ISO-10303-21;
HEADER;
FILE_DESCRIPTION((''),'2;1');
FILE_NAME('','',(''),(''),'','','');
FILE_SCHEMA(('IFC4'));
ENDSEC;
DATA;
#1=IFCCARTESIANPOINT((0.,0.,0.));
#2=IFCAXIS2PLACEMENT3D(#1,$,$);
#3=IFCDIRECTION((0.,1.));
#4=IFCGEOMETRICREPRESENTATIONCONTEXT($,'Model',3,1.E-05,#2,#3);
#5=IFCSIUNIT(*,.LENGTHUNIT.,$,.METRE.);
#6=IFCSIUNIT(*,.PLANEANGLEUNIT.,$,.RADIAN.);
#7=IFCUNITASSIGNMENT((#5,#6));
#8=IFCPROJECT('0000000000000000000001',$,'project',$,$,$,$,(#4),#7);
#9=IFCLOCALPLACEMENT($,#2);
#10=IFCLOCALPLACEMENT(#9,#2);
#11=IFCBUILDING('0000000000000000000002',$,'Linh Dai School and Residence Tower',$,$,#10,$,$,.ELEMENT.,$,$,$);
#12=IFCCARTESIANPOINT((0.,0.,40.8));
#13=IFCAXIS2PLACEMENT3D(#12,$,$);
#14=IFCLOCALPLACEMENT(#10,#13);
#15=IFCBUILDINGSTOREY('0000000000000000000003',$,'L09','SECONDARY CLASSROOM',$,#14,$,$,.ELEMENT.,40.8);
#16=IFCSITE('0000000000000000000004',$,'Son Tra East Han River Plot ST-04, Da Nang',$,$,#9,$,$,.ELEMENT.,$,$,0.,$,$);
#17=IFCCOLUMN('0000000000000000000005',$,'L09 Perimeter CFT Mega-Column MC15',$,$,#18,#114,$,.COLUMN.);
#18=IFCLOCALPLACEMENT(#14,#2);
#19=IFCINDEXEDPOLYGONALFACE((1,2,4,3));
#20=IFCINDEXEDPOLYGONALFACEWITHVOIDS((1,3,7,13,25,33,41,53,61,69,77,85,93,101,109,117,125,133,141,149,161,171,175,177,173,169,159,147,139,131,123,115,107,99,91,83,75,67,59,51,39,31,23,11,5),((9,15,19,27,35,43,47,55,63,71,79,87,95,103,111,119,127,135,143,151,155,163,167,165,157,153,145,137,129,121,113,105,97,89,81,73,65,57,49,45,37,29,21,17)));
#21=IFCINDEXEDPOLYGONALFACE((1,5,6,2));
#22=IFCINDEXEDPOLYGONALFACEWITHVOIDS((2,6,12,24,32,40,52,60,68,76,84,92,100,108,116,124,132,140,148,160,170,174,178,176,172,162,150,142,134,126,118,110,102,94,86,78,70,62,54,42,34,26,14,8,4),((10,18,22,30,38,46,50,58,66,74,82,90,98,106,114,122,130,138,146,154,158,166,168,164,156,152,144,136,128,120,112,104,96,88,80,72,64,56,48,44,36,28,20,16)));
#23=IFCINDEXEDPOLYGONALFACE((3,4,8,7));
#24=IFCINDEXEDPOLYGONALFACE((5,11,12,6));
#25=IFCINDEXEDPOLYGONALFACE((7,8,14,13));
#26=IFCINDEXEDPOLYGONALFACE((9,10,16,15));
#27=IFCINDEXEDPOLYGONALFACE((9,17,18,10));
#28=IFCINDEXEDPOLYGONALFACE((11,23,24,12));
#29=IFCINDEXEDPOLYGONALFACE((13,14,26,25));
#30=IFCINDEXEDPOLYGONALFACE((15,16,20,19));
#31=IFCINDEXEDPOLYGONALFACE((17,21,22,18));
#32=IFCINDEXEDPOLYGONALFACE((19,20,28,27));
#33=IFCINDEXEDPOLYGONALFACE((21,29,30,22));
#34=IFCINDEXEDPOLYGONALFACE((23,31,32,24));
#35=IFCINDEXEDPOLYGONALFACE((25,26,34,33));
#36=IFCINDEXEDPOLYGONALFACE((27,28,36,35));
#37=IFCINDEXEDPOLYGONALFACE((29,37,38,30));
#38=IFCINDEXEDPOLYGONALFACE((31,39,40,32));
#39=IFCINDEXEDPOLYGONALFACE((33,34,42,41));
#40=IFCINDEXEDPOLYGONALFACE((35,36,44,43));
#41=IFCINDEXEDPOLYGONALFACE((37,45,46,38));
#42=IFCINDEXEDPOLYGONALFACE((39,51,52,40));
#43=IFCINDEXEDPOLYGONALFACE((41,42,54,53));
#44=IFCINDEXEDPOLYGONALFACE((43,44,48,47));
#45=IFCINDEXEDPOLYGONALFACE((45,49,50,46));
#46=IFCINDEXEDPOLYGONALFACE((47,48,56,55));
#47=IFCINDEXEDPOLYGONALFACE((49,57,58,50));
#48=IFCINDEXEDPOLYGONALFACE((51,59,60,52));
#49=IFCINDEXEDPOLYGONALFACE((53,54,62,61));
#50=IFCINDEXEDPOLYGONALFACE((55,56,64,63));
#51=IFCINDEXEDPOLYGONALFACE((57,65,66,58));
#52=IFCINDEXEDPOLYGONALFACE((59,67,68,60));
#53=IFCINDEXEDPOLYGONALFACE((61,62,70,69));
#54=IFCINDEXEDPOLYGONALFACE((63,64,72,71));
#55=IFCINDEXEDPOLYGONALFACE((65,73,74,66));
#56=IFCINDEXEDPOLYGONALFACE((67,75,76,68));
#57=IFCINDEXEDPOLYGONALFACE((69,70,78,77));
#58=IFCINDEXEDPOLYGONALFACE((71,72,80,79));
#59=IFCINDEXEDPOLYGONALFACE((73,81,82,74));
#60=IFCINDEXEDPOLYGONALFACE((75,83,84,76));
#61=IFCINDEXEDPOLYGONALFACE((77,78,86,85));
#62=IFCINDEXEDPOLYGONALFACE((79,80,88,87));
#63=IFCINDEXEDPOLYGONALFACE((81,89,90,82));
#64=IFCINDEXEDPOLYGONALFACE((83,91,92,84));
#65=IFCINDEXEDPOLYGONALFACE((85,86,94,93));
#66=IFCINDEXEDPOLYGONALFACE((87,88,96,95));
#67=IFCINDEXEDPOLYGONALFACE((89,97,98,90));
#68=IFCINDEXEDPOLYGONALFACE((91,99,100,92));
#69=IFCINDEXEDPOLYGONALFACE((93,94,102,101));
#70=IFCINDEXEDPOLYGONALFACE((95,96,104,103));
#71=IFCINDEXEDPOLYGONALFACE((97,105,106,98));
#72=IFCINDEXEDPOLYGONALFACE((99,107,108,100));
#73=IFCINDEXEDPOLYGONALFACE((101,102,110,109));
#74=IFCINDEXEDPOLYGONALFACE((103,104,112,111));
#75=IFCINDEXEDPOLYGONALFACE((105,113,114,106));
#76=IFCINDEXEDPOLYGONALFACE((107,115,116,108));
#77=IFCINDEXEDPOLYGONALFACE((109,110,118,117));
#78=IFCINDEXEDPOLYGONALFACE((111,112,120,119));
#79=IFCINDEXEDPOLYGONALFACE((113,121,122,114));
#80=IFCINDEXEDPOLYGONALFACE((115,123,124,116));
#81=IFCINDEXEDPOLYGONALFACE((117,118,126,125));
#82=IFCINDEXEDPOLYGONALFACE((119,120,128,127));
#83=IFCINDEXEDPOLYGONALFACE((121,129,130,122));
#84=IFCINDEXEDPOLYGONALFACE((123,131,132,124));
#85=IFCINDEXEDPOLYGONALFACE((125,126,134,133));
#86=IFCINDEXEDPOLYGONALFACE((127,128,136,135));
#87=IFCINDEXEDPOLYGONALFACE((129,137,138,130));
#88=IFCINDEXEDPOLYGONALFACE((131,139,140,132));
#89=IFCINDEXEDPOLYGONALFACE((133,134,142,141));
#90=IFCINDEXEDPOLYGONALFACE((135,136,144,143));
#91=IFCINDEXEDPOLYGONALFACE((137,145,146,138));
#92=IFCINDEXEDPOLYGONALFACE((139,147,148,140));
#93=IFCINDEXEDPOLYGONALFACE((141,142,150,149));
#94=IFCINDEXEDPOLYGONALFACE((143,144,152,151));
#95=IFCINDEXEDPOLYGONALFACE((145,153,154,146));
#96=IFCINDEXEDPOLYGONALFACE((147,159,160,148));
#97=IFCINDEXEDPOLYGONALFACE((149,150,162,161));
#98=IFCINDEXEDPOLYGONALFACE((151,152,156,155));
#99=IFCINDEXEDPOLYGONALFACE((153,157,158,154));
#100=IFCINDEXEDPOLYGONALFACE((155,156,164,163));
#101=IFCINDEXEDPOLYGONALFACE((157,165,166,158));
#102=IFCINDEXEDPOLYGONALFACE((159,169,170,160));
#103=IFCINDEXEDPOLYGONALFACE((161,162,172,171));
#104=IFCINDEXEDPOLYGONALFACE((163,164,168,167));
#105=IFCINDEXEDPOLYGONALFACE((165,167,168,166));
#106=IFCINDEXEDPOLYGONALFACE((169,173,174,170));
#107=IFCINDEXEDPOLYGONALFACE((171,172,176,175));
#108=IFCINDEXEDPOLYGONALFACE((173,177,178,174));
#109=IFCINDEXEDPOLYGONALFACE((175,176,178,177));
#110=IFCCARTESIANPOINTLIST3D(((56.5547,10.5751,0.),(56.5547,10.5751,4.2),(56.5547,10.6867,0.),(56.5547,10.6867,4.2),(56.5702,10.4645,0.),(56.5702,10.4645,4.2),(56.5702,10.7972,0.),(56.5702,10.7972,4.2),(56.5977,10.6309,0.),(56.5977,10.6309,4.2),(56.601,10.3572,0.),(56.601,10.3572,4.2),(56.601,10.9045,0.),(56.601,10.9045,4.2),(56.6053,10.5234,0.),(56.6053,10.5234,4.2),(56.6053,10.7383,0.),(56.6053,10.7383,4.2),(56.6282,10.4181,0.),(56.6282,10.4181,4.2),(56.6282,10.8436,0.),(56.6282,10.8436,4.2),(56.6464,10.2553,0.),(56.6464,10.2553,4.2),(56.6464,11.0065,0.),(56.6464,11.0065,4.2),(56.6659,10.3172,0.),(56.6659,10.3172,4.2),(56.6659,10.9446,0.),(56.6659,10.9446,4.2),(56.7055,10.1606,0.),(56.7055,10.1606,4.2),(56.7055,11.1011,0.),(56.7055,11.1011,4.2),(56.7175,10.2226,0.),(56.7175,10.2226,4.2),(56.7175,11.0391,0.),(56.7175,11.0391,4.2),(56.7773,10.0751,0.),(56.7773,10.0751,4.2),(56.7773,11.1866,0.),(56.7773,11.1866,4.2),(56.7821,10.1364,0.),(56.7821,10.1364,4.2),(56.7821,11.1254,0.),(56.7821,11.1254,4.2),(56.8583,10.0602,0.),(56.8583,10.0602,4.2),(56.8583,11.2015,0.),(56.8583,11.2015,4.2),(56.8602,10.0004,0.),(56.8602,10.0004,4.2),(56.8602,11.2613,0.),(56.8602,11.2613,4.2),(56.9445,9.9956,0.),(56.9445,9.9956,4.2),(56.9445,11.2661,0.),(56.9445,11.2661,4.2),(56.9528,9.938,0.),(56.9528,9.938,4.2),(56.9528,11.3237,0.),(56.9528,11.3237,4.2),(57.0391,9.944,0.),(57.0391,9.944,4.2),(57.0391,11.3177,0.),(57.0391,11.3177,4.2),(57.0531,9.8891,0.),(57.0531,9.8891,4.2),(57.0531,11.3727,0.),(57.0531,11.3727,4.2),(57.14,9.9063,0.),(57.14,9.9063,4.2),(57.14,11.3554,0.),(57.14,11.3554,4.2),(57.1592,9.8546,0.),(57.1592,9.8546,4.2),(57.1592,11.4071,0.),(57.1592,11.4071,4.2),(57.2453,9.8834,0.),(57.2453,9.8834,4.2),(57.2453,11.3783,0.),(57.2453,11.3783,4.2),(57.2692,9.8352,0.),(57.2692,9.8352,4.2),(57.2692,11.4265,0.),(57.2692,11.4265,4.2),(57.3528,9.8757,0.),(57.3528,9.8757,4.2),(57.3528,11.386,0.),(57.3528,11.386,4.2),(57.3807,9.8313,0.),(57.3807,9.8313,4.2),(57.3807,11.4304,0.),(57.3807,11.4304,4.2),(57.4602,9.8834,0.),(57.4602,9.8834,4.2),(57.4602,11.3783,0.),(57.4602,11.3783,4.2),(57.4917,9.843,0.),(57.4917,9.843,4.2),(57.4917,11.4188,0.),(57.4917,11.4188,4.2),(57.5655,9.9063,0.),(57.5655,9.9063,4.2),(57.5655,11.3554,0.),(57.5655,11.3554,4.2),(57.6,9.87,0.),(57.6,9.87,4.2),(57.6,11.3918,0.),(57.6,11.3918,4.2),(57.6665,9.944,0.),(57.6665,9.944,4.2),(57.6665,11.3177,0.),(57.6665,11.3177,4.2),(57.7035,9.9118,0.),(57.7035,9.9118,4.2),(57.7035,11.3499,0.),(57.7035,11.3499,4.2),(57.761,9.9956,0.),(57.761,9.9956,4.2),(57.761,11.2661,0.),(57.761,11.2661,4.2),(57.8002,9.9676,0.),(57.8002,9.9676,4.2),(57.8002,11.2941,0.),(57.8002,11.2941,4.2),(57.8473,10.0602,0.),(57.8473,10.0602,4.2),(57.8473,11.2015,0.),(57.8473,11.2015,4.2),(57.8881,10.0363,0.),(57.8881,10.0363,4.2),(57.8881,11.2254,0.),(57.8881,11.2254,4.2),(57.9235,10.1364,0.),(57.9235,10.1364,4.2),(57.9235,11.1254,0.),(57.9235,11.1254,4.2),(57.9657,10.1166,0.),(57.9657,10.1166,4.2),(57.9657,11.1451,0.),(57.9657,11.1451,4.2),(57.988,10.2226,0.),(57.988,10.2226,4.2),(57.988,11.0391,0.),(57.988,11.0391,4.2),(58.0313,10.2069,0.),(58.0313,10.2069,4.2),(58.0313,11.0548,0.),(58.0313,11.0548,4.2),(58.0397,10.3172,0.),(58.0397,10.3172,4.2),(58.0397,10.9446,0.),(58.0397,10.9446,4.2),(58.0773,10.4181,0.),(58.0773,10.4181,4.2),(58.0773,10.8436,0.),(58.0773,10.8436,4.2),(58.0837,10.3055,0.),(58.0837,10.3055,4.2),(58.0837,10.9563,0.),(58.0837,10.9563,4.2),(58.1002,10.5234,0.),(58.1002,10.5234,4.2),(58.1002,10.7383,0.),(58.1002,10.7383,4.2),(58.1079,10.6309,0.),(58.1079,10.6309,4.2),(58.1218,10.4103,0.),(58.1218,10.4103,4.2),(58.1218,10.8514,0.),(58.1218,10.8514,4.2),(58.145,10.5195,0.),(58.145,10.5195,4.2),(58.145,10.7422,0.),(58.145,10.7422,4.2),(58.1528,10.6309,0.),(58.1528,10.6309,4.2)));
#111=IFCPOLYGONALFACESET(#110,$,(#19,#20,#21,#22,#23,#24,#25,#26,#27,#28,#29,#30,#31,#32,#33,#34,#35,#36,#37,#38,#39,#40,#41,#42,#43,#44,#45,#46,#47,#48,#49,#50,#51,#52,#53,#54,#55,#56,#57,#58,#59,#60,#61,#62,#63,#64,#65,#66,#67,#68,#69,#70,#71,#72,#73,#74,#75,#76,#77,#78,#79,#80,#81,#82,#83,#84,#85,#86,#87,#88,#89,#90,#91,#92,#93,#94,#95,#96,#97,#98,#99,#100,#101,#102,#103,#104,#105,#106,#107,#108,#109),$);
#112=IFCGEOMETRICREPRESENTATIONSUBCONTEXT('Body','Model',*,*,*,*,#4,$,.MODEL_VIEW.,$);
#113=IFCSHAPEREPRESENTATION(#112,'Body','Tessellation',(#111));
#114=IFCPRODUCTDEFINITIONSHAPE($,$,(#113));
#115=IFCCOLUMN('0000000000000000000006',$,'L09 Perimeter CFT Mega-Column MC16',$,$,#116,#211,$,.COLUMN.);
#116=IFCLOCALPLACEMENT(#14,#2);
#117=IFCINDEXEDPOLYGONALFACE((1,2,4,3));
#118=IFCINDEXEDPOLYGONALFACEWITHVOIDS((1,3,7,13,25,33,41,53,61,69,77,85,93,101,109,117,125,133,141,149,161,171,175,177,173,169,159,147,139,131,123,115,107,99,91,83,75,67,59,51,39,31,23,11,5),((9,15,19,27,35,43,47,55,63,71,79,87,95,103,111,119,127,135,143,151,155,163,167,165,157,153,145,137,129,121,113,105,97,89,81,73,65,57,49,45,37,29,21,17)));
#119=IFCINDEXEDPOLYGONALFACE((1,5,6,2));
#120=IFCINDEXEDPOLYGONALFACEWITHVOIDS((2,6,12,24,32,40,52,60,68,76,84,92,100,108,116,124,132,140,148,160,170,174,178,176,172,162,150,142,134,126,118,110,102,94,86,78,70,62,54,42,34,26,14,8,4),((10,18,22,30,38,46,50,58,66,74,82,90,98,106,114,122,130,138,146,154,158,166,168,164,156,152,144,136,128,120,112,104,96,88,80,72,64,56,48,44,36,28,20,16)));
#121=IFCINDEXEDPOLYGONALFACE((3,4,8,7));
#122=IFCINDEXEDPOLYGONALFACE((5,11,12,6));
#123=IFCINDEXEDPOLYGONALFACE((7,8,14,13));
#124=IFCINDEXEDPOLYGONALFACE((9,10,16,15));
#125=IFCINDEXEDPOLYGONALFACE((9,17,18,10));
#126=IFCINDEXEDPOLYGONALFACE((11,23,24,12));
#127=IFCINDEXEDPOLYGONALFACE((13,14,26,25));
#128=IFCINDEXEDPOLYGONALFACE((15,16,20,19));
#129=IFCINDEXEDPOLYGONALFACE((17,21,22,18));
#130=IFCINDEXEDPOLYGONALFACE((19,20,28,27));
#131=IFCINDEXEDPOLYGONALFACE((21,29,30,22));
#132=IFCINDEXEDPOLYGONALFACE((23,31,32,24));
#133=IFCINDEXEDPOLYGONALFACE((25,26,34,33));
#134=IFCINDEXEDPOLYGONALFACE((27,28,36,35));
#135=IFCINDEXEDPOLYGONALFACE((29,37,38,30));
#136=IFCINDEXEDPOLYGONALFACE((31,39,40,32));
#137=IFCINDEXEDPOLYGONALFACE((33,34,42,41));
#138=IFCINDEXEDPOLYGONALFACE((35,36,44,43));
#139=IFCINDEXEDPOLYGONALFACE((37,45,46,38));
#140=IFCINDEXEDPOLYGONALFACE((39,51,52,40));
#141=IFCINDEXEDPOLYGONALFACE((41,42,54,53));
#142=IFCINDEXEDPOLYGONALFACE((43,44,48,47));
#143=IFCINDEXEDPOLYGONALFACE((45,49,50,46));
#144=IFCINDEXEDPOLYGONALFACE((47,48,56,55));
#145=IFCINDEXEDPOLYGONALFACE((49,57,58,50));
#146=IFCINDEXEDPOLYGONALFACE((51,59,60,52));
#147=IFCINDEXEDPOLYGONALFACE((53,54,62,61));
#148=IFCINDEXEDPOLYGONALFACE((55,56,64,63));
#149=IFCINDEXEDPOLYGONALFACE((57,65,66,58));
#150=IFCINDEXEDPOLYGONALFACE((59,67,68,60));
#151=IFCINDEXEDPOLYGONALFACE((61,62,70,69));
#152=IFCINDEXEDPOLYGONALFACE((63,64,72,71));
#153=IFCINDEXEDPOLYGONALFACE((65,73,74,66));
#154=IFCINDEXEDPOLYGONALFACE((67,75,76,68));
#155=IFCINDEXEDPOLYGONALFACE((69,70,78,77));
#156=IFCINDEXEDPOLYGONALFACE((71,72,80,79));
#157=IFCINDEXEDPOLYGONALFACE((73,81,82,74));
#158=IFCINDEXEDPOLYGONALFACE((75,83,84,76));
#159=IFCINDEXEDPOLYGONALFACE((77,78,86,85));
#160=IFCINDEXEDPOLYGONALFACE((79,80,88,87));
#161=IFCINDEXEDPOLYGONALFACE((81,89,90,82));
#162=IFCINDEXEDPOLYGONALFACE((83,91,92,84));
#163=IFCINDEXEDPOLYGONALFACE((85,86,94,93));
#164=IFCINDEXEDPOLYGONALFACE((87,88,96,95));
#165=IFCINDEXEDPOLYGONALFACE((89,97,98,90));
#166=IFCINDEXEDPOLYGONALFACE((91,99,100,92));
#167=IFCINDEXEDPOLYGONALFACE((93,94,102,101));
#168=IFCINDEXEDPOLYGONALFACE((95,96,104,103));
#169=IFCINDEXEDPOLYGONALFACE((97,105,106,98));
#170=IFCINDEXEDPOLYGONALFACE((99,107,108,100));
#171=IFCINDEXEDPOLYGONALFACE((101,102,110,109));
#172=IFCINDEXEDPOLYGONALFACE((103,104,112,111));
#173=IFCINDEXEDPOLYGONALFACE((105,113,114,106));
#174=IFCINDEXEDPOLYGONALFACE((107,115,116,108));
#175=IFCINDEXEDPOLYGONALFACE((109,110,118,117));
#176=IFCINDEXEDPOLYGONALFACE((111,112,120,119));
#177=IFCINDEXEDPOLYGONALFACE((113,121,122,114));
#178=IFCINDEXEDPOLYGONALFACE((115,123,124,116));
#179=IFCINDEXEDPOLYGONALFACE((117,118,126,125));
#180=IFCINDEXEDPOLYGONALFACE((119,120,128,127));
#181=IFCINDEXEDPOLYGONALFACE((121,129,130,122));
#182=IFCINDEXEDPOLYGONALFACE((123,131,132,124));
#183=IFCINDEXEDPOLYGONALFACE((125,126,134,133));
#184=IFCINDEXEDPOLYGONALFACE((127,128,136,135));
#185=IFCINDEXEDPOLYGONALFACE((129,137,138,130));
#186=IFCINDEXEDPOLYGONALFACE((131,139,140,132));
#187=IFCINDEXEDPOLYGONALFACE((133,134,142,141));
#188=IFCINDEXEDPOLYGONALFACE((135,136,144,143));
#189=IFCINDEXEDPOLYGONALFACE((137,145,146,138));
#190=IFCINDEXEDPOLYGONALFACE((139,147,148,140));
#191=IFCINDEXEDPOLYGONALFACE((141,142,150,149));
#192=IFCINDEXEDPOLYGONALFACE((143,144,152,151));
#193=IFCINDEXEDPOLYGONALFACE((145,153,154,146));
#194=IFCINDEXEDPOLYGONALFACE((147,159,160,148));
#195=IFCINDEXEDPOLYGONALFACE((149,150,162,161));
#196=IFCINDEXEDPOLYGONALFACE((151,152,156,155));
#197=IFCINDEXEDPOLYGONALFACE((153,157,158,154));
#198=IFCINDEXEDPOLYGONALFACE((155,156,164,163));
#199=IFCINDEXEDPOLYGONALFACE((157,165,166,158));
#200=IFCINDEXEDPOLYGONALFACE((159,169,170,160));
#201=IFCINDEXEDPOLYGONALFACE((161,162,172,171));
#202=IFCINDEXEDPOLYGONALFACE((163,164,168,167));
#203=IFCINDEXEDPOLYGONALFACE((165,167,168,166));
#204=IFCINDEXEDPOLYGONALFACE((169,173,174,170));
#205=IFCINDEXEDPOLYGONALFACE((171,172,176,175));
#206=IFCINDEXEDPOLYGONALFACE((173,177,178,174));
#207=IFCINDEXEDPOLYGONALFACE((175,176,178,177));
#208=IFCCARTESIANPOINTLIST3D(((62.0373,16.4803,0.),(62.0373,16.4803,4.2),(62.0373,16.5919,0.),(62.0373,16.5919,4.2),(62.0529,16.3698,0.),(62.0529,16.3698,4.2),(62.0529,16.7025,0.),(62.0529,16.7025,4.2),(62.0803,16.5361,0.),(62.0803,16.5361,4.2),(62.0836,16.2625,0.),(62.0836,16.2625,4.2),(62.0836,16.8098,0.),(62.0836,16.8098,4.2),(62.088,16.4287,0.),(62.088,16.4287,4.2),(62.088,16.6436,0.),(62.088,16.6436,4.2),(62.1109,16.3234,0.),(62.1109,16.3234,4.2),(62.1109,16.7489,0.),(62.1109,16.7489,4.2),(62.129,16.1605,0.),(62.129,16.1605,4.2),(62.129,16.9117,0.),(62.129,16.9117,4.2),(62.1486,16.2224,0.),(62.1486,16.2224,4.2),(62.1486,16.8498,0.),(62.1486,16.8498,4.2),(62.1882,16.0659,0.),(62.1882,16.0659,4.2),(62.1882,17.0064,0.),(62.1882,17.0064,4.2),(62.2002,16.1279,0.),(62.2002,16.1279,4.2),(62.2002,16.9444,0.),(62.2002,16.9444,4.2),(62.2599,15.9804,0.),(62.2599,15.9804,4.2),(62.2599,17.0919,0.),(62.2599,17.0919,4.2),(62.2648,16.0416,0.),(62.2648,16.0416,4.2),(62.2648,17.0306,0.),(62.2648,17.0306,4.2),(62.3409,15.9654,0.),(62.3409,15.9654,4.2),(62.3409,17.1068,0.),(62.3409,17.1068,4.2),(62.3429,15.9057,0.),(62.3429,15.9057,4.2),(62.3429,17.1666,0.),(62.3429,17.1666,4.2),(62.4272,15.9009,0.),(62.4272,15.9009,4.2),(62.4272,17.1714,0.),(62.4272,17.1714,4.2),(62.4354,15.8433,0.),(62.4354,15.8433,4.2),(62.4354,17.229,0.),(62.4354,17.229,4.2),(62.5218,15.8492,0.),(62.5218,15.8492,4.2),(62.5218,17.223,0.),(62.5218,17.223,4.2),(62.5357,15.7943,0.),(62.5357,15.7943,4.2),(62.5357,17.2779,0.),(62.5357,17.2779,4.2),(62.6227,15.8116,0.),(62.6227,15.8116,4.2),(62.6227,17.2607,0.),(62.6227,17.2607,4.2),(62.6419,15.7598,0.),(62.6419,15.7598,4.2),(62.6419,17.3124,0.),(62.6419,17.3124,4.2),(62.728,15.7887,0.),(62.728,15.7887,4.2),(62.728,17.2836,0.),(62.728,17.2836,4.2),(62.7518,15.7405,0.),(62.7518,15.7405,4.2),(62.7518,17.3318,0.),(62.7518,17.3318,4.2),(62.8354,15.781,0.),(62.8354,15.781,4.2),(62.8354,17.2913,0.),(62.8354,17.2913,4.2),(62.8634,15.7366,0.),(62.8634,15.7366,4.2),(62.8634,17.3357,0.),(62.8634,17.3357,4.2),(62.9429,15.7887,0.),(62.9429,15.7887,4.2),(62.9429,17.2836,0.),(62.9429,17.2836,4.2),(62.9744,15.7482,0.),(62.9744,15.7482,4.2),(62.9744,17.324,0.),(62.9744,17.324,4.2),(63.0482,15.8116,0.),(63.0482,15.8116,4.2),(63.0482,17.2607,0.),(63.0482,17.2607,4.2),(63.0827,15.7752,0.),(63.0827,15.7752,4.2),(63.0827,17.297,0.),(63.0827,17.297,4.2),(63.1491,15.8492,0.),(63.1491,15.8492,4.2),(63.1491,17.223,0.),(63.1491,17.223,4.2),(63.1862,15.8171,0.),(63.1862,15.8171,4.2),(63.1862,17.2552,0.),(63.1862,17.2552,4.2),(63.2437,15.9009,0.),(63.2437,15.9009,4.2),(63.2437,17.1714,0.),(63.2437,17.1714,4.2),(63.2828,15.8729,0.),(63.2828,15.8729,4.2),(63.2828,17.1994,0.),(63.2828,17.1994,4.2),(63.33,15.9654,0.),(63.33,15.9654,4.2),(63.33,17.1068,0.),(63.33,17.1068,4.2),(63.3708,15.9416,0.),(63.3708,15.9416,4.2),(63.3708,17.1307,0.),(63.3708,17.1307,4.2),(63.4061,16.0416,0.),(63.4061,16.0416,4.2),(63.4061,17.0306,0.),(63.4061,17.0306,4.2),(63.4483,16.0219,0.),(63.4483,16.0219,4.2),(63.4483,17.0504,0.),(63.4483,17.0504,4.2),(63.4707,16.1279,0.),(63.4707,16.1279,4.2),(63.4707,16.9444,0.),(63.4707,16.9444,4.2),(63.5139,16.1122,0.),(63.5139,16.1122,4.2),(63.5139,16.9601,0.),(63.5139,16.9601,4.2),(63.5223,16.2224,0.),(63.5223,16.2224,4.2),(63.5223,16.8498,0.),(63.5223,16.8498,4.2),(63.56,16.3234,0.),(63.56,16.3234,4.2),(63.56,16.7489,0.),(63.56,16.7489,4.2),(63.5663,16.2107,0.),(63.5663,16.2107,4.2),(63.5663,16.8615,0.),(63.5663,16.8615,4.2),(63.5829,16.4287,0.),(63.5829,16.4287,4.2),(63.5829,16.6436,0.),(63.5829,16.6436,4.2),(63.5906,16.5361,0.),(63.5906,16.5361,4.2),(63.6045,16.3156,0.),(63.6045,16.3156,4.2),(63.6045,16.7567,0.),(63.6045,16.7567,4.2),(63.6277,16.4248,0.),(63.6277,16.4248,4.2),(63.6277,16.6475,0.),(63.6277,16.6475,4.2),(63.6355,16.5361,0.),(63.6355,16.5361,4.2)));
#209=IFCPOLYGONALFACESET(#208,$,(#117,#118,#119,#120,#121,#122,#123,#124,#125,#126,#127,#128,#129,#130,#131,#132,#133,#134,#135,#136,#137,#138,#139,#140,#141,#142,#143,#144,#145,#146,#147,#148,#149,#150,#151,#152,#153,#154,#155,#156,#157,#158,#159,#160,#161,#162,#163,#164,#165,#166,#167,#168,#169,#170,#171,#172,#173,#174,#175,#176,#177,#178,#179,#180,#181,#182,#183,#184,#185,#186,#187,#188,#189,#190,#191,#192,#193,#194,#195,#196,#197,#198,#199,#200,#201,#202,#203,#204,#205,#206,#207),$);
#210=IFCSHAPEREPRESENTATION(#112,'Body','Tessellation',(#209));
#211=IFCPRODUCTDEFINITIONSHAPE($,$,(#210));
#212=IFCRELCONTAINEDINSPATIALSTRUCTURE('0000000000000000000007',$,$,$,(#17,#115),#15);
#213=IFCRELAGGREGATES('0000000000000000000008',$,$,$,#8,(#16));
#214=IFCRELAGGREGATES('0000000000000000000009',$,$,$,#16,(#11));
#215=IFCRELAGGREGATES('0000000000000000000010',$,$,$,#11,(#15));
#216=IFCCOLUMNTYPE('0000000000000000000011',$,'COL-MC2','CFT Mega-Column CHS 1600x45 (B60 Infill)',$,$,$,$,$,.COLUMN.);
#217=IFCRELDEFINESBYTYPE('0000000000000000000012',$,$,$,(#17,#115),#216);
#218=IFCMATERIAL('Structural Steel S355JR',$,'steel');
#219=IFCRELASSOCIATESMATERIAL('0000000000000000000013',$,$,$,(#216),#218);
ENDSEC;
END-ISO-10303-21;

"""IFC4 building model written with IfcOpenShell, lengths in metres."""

from ifc_helpers import new_model, si_unit, direction, frame, origin, origin_2d, place, context, subcontext, project, spatial, hollow_circle, extrude, material, material_profile, profile_set, type_object, element, save


model = new_model("IFC4")

# Units and contexts
model_context = context("Model", 3, precision=1e-05, world=origin(), true_north=direction((0.0, 1.0)))
body_context = subcontext(model_context, "Body", "Model", "MODEL_VIEW")
ifc_project = project(units=[si_unit("LENGTHUNIT", "METRE"), si_unit("PLANEANGLEUNIT", "RADIAN")], contexts=[model_context])

# Site, building, storey
site_placement = place(None, origin())
site = spatial("IfcSite", under=ifc_project, at=site_placement, Name="Son Tra East Han River Plot ST-04, Da Nang", CompositionType="ELEMENT", RefElevation=0.0)
building_placement = place(site_placement, origin())
building = spatial("IfcBuilding", under=site, at=building_placement, Name="Linh Dai School and Residence Tower", CompositionType="ELEMENT")
storey_placement = place(building_placement, frame((0.0, 0.0, 40.8)))
storey = spatial("IfcBuildingStorey", under=building, at=storey_placement, Name="L09", Description="SECONDARY CLASSROOM", CompositionType="ELEMENT", Elevation=40.8)

# Columns
ifc_material_1 = material(Name="Structural Steel S355JR", Category="steel")
ifc_material_profile_1 = material_profile(ifc_material_1, hollow_circle(Radius=0.8, WallThickness=0.0449, at=origin_2d()), Name="CHS 1600x45")
ifc_profile_set_1 = profile_set([ifc_material_profile_1], Name="Structural Steel S355JR")
column_type = type_object("IfcColumnType", Name="COL-MC2", Description="CFT Mega-Column CHS 1600x45 (B60 Infill)", PredefinedType="COLUMN", material=ifc_profile_set_1)
for number, where, z_axis, x_axis, name in (
    (1, (57.3528, 10.6309, 0.0), (0.0, 0.0, 1.0), (1.0, 0.0, 0.0), "L09 Perimeter CFT Mega-Column MC15"),
    (2, (62.8354, 16.5361, 0.0), (0.0, 0.0, 1.0), (1.0, 0.0, 0.0), "L09 Perimeter CFT Mega-Column MC16"),
):
    element("IfcColumn", number, at=place(storey_placement, frame(where, z_axis=z_axis, x_axis=x_axis)), inside=storey, type_object=column_type, Name=name, PredefinedType="COLUMN", context=body_context, shape_type="SweptSolid", body=[
        extrude(hollow_circle(Radius=0.8, WallThickness=0.0449, at=origin_2d()), origin(), (0.0, 0.0, 1.0), 4.2),
    ])

save(model, "model.ifc")
